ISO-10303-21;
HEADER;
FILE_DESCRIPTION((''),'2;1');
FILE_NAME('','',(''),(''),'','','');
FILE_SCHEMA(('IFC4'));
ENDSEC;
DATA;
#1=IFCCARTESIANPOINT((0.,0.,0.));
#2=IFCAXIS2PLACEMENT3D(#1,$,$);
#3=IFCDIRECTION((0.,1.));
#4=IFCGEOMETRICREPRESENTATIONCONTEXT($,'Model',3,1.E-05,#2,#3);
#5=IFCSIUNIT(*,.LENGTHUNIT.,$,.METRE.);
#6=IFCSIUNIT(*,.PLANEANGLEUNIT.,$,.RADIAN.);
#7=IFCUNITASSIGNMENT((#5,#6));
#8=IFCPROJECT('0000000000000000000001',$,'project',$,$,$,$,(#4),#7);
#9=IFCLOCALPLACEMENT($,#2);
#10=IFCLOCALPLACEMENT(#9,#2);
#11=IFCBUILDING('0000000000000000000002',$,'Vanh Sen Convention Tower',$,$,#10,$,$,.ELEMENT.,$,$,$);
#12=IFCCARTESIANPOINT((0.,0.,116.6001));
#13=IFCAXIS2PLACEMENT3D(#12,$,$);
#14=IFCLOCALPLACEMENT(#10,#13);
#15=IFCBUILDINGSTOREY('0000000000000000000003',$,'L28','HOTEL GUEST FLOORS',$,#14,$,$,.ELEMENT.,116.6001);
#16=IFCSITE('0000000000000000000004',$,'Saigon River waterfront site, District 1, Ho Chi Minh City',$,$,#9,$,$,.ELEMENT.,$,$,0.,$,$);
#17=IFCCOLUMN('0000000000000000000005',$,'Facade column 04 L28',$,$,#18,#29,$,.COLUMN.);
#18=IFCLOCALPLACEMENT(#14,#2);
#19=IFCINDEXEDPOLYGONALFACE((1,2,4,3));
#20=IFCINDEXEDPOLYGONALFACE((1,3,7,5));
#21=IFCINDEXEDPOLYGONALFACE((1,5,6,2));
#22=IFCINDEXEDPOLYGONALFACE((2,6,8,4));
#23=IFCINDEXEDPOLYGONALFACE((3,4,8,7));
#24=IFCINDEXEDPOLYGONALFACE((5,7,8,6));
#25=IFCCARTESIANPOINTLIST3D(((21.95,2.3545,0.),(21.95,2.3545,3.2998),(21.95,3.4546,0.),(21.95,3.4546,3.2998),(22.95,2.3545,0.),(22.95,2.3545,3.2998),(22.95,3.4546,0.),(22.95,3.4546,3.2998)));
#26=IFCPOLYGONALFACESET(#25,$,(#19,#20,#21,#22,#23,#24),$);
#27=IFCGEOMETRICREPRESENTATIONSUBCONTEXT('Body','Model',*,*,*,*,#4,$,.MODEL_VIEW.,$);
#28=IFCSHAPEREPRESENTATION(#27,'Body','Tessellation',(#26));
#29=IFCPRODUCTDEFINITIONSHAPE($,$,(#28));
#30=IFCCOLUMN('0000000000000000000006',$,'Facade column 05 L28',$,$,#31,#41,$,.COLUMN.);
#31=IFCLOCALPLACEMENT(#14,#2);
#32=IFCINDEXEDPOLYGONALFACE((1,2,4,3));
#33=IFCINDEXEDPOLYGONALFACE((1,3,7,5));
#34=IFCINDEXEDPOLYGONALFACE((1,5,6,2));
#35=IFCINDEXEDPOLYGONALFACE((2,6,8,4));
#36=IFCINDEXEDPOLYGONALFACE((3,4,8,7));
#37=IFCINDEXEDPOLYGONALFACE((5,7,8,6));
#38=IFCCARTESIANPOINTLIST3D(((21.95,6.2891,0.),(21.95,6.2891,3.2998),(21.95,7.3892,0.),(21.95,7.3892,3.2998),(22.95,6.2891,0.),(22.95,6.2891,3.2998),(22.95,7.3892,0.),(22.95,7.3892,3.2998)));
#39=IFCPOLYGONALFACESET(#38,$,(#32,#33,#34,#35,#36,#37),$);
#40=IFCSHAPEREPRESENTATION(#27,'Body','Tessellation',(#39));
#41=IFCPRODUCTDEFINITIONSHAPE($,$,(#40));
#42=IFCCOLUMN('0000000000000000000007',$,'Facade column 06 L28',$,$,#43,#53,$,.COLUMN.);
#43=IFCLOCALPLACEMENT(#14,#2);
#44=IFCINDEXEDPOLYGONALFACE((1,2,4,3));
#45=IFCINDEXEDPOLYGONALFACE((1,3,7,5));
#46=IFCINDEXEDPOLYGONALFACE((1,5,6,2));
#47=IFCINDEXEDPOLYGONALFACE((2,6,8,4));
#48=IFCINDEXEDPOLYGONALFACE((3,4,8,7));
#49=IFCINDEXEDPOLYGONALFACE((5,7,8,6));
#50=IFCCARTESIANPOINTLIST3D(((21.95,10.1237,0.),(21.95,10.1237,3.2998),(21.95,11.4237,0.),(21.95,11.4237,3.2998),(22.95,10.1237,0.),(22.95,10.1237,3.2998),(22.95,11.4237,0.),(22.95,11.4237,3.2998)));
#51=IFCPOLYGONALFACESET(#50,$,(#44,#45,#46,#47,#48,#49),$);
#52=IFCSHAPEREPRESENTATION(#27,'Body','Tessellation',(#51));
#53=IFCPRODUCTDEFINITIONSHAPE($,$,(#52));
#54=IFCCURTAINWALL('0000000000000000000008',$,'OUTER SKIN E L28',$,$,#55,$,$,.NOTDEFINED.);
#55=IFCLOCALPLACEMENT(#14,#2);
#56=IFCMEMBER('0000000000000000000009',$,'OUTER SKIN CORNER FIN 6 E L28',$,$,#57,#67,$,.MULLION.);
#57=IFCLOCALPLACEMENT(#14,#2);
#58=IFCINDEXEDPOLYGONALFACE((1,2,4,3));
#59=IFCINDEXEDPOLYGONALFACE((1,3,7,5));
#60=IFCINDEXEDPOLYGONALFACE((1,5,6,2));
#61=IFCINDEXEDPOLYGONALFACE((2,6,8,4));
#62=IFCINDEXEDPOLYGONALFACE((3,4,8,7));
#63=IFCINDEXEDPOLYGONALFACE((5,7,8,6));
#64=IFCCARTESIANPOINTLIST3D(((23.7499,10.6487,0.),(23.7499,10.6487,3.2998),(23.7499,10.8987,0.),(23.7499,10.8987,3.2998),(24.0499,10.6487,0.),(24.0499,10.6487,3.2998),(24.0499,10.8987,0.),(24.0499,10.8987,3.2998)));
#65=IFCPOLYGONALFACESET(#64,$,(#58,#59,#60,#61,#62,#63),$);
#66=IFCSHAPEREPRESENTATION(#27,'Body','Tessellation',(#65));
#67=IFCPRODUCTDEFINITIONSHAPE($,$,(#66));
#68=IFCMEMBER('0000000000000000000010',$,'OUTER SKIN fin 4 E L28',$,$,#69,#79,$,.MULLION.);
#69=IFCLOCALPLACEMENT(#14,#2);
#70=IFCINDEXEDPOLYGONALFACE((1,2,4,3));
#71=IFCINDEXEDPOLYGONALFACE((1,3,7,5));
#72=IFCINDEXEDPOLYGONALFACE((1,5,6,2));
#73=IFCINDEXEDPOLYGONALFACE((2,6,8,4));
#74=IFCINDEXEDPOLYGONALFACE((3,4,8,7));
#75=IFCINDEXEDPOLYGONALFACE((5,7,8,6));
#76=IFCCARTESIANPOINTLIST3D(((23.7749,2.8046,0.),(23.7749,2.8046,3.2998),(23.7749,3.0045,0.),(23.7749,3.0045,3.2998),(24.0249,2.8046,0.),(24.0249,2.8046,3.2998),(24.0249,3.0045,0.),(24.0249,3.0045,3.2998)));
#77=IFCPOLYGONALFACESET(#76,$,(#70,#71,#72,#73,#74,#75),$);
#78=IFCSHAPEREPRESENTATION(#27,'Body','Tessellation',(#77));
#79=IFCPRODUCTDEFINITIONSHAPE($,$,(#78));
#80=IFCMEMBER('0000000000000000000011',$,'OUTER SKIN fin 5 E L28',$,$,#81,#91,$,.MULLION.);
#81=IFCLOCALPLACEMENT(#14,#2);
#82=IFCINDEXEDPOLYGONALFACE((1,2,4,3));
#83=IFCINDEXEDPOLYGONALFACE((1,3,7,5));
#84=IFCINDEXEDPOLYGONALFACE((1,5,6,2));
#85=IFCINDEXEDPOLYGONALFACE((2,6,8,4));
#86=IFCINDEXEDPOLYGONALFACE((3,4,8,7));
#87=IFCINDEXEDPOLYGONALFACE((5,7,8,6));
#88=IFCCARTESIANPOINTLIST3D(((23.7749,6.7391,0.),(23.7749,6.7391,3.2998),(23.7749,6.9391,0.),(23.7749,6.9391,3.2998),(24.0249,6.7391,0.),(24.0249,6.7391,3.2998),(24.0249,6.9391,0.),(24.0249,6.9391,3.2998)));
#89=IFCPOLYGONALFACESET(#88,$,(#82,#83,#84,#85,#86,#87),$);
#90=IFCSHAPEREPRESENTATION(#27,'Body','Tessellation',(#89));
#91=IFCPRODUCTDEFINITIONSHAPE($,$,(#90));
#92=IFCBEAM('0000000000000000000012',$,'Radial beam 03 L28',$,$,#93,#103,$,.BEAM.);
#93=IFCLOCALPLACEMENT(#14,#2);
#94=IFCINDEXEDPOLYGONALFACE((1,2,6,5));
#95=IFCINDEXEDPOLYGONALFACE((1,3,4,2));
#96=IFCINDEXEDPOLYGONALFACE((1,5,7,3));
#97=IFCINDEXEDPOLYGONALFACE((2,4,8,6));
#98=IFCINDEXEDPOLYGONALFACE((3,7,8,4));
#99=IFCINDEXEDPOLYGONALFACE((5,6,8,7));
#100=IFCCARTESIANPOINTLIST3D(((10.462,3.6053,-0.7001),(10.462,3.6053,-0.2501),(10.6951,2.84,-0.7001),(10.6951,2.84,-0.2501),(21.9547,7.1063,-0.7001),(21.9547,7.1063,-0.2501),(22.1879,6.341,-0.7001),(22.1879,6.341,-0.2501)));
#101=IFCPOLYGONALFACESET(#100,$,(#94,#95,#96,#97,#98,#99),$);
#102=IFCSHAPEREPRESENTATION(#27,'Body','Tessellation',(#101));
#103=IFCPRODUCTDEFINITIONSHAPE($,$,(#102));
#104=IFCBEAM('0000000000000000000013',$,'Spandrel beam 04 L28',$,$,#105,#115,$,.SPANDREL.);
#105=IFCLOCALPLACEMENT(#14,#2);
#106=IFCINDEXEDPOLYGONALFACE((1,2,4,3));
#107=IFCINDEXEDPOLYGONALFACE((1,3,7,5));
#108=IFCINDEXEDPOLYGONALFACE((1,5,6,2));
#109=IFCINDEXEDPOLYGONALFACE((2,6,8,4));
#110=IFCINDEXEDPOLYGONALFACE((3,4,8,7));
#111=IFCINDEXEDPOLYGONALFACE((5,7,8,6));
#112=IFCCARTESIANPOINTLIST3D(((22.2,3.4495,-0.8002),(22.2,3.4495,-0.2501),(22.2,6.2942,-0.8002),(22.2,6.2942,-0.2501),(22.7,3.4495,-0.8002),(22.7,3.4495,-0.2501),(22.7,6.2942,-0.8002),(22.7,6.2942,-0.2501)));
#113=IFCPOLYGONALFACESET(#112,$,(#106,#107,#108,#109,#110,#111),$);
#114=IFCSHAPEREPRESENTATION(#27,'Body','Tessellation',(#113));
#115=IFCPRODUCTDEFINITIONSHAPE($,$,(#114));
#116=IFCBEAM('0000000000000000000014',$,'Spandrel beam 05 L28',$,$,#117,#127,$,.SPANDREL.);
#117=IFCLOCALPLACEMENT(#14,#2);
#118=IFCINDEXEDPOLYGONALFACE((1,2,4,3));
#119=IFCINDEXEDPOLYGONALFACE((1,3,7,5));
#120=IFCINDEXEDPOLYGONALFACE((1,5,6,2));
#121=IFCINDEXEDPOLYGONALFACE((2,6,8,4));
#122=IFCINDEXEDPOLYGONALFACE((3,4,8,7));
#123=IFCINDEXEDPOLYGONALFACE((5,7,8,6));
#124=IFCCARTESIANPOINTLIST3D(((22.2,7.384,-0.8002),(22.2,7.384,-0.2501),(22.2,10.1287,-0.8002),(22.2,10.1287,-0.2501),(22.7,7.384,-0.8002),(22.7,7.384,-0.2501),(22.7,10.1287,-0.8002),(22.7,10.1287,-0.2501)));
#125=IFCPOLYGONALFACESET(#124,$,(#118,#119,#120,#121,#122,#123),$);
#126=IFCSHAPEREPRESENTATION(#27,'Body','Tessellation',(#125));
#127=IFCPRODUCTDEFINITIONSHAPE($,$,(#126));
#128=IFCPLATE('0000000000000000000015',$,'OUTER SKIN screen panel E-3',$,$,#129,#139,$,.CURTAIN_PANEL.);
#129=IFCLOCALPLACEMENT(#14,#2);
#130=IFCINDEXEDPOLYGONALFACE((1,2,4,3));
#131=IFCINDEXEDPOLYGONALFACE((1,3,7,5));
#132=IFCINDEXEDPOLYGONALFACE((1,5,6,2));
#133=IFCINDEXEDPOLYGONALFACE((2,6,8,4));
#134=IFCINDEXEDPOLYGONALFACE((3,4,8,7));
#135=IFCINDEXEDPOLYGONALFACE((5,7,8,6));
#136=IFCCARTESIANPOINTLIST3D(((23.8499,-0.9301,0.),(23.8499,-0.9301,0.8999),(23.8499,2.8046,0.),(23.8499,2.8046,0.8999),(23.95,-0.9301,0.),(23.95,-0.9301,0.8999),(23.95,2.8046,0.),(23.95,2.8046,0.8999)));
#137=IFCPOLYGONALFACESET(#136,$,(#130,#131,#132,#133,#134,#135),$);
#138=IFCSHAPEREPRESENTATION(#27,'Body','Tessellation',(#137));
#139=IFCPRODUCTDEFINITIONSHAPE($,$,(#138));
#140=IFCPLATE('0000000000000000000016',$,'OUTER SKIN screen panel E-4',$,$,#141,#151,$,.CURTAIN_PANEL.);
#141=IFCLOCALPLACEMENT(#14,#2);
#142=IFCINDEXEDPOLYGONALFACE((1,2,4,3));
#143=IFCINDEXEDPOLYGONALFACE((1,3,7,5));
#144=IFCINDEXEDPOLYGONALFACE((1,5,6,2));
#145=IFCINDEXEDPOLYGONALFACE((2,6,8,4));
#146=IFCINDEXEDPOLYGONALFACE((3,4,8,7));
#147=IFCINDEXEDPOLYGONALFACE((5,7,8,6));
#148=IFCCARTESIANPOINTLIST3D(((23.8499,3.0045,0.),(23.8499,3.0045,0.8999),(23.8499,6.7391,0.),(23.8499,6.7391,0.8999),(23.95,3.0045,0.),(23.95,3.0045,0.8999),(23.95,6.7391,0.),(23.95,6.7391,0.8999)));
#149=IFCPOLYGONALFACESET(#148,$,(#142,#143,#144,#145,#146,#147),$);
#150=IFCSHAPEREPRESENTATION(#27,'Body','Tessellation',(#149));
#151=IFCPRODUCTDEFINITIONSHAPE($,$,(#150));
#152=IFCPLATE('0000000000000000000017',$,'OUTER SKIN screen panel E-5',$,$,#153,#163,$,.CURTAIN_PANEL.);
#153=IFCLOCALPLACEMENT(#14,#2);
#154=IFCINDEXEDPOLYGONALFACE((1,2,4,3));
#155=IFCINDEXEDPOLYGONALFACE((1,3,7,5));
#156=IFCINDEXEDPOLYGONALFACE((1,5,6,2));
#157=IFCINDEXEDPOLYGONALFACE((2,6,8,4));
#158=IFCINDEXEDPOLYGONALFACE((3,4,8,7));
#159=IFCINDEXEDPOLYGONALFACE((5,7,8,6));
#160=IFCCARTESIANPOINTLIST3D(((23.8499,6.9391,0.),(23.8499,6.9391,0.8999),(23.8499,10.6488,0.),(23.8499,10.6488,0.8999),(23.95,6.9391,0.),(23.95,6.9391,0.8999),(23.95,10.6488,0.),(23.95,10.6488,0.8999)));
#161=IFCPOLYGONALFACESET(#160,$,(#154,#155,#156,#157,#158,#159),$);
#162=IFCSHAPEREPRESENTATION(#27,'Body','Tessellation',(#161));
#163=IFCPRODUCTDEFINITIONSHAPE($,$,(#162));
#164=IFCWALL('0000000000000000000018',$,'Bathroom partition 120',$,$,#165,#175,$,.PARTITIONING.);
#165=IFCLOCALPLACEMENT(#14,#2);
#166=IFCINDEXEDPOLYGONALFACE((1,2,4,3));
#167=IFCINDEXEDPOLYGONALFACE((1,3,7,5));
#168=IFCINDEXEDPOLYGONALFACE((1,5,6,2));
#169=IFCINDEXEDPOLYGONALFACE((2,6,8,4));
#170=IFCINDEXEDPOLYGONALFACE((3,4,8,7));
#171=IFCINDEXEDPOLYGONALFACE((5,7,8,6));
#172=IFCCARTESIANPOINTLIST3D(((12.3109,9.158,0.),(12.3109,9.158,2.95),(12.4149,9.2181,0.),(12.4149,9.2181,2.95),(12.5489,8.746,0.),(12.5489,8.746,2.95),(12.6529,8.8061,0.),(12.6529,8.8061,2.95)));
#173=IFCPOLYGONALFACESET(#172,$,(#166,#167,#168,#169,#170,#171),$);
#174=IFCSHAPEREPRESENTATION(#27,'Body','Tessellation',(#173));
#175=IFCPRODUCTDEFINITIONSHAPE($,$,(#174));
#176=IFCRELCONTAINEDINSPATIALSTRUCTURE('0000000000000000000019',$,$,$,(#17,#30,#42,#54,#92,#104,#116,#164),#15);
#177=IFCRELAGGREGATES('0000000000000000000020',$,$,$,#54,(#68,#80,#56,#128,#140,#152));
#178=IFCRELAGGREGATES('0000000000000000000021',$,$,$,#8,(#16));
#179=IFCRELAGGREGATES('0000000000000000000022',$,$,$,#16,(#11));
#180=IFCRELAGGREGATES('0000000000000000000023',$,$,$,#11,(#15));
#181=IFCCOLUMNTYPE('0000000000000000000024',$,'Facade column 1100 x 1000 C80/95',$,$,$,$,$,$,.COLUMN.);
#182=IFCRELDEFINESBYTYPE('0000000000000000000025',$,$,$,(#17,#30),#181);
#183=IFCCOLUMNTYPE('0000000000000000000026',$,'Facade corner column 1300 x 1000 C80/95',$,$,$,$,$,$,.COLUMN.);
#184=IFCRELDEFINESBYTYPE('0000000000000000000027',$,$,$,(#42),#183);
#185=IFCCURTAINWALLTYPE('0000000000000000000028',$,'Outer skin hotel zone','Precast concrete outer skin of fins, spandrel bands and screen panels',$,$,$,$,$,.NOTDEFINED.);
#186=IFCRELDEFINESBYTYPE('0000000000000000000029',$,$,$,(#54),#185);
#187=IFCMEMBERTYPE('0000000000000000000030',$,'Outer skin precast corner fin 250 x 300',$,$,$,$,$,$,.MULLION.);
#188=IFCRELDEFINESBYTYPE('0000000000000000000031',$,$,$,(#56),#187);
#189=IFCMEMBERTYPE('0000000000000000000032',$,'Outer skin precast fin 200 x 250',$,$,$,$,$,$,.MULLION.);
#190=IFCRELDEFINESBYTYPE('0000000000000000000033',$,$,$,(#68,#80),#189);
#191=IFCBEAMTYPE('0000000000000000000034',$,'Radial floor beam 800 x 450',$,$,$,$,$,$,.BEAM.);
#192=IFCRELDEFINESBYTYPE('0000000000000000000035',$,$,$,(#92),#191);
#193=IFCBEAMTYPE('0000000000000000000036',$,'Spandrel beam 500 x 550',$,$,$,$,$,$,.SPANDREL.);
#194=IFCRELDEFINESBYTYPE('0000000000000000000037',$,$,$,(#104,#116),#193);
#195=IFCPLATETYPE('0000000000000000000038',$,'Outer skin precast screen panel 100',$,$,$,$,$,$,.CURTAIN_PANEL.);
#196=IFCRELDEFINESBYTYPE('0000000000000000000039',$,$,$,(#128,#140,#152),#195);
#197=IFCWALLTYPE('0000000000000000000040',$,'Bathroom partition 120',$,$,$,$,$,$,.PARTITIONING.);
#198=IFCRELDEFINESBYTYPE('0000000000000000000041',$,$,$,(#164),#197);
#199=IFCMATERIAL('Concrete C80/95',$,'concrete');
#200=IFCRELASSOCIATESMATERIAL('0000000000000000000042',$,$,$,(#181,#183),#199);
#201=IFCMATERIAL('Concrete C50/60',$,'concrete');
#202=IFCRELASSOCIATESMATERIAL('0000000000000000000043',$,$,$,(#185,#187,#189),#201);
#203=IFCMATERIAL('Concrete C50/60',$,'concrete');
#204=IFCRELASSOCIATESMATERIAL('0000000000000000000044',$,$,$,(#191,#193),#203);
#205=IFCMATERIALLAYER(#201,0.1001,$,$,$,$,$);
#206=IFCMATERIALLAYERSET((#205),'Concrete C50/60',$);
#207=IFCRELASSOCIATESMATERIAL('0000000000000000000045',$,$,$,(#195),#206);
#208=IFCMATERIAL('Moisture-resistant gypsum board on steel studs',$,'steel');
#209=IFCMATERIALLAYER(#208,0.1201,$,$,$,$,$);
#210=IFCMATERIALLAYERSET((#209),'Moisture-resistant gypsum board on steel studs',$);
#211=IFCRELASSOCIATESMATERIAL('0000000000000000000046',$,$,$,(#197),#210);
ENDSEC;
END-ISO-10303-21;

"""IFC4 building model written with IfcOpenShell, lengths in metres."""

from ifc_helpers import new_model, si_unit, direction, frame, frame_2d, origin, origin_2d, place, context, subcontext, project, spatial, rectangle, extrude, material, layer, layer_set, material_profile, profile_set, type_object, element, aggregate, save


model = new_model("IFC4")

# Units and contexts
model_context = context("Model", 3, precision=1e-05, world=origin(), true_north=direction((0.0, 1.0)))
body_context = subcontext(model_context, "Body", "Model", "MODEL_VIEW")
ifc_project = project(units=[si_unit("LENGTHUNIT", "METRE"), si_unit("PLANEANGLEUNIT", "RADIAN")], contexts=[model_context])

# Site, building, storey
site_placement = place(None, origin())
site = spatial("IfcSite", under=ifc_project, at=site_placement, Name="Saigon River waterfront site, District 1, Ho Chi Minh City", CompositionType="ELEMENT", RefElevation=0.0)
building_placement = place(site_placement, origin())
building = spatial("IfcBuilding", under=site, at=building_placement, Name="Vanh Sen Convention Tower", CompositionType="ELEMENT")
storey_placement = place(building_placement, frame((0.0, 0.0, 116.6001)))
storey = spatial("IfcBuildingStorey", under=building, at=storey_placement, Name="L28", Description="HOTEL GUEST FLOORS", CompositionType="ELEMENT", Elevation=116.6001)

# Columns
ifc_material_1 = material(Name="Concrete C80/95", Category="concrete")
ifc_material_profile_1 = material_profile(ifc_material_1, rectangle(XDim=1.1001, YDim=1.0, at=origin_2d()), Name="RC 1100X1000")
ifc_profile_set_1 = profile_set([ifc_material_profile_1], Name="Concrete C80/95")
column_type_1 = type_object("IfcColumnType", Name="Facade column 1100 x 1000 C80/95", PredefinedType="COLUMN", material=ifc_profile_set_1)
for number, where, z_axis, x_axis, name in (
    (1, (22.45, 2.9045, 0.0), (0.0, 0.0, 1.0), (0.0, 1.0, 0.0), "Facade column 04 L28"),
    (2, (22.45, 6.8391, 0.0), (0.0, 0.0, 1.0), (0.0, 1.0, 0.0), "Facade column 05 L28"),
):
    element("IfcColumn", number, at=place(storey_placement, frame(where, z_axis=z_axis, x_axis=x_axis)), inside=storey, type_object=column_type_1, Name=name, PredefinedType="COLUMN", context=body_context, shape_type="SweptSolid", body=[
        extrude(rectangle(XDim=1.1001, YDim=1.0, at=origin_2d()), origin(), (0.0, 0.0, 1.0), 3.2998),
    ])
ifc_material_profile_2 = material_profile(ifc_material_1, rectangle(XDim=1.3, YDim=1.0, at=origin_2d()), Name="RC 1300X1000")
ifc_profile_set_2 = profile_set([ifc_material_profile_2], Name="Concrete C80/95")
column_type_2 = type_object("IfcColumnType", Name="Facade corner column 1300 x 1000 C80/95", PredefinedType="COLUMN", material=ifc_profile_set_2)
column_placement = place(storey_placement, frame((22.45, 10.7737, 0.0), z_axis=(0.0, 0.0, 1.0), x_axis=(0.0, 1.0, 0.0)))
element("IfcColumn", 3, at=column_placement, inside=storey, type_object=column_type_2, Name="Facade column 06 L28", PredefinedType="COLUMN", context=body_context, shape_type="SweptSolid", body=[
    extrude(rectangle(XDim=1.3, YDim=1.0, at=origin_2d()), origin(), (0.0, 0.0, 1.0), 3.2998),
])

# Curtain wall, members
ifc_material_2 = material(Name="Concrete C50/60", Category="concrete")
curtain_wall_type = type_object("IfcCurtainWallType", Name="Outer skin hotel zone", Description="Precast concrete outer skin of fins, spandrel bands and screen panels", PredefinedType="NOTDEFINED", material=ifc_material_2)
curtain_wall_placement = place(storey_placement, origin())
curtain_wall = element("IfcCurtainWall", 4, at=curtain_wall_placement, inside=storey, type_object=curtain_wall_type, Name="OUTER SKIN E L28", PredefinedType="NOTDEFINED")
ifc_material_profile_3 = material_profile(ifc_material_2, rectangle(XDim=0.25, YDim=0.3, at=origin_2d()), Name="Outer skin precast corner fin 250 x 300")
ifc_profile_set_3 = profile_set([ifc_material_profile_3], Name="Concrete C50/60")
member_type_1 = type_object("IfcMemberType", Name="Outer skin precast corner fin 250 x 300", PredefinedType="MULLION", material=ifc_profile_set_3)
member_1_placement = place(storey_placement, frame((23.8999, 10.7737, 0.0), z_axis=(0.0, 0.0, 1.0), x_axis=(0.0, 1.0, 0.0)))
member_1 = element("IfcMember", 5, at=member_1_placement, type_object=member_type_1, Name="OUTER SKIN CORNER FIN 6 E L28", PredefinedType="MULLION", context=body_context, shape_type="SweptSolid", body=[
    extrude(rectangle(XDim=0.25, YDim=0.3, at=origin_2d()), origin(), (0.0, 0.0, 1.0), 3.2998),
])
ifc_material_profile_4 = material_profile(ifc_material_2, rectangle(XDim=0.2, YDim=0.25, at=origin_2d()), Name="Outer skin precast fin 200 x 250")
ifc_profile_set_4 = profile_set([ifc_material_profile_4], Name="Concrete C50/60")
member_type_2 = type_object("IfcMemberType", Name="Outer skin precast fin 200 x 250", PredefinedType="MULLION", material=ifc_profile_set_4)
member_2_placement = place(storey_placement, frame((23.8999, 2.9045, 0.0), z_axis=(0.0, 0.0, 1.0), x_axis=(0.0, 1.0, 0.0)))
member_2 = element("IfcMember", 6, at=member_2_placement, type_object=member_type_2, Name="OUTER SKIN fin 4 E L28", PredefinedType="MULLION", context=body_context, shape_type="SweptSolid", body=[
    extrude(rectangle(XDim=0.2, YDim=0.25, at=origin_2d()), origin(), (0.0, 0.0, 1.0), 3.2998),
])
member_3_placement = place(storey_placement, frame((23.8999, 6.8391, 0.0), z_axis=(0.0, 0.0, 1.0), x_axis=(0.0, 1.0, 0.0)))
member_3 = element("IfcMember", 7, at=member_3_placement, type_object=member_type_2, Name="OUTER SKIN fin 5 E L28", PredefinedType="MULLION", context=body_context, shape_type="SweptSolid", body=[
    extrude(rectangle(XDim=0.2, YDim=0.25, at=origin_2d()), origin(), (0.0, 0.0, 1.0), 3.2998),
])

# Beams
ifc_material_3 = material(Name="Concrete C50/60", Category="concrete")
ifc_material_profile_5 = material_profile(ifc_material_3, rectangle(XDim=0.8, YDim=0.45, at=origin_2d()), Name="RC 800X450")
ifc_profile_set_5 = profile_set([ifc_material_profile_5], Name="Concrete C50/60")
beam_type_1 = type_object("IfcBeamType", Name="Radial floor beam 800 x 450", PredefinedType="BEAM", material=ifc_profile_set_5)
beam_1_placement = place(storey_placement, frame((22.0713, 6.7236, -0.4751), z_axis=(-0.9566, -0.291406, 0.0), x_axis=(0.291406, -0.9566, 0.0)))
element("IfcBeam", 8, at=beam_1_placement, inside=storey, type_object=beam_type_1, Name="Radial beam 03 L28", PredefinedType="BEAM", context=body_context, shape_type="SweptSolid", body=[
    extrude(rectangle(XDim=0.8, YDim=0.45, at=origin_2d()), origin(), (0.0, 0.0, 1.0), 12.0142),
])
ifc_material_profile_6 = material_profile(ifc_material_3, rectangle(XDim=0.5, YDim=0.55, at=origin_2d()), Name="RC 500X550")
ifc_profile_set_6 = profile_set([ifc_material_profile_6], Name="Concrete C50/60")
beam_type_2 = type_object("IfcBeamType", Name="Spandrel beam 500 x 550", PredefinedType="SPANDREL", material=ifc_profile_set_6)
beam_2_placement = place(storey_placement, frame((22.45, 3.4495, -0.5251), z_axis=(0.0, 1.0, 0.0), x_axis=(-1.0, 0.0, 0.0)))
element("IfcBeam", 9, at=beam_2_placement, inside=storey, type_object=beam_type_2, Name="Spandrel beam 04 L28", PredefinedType="SPANDREL", context=body_context, shape_type="SweptSolid", body=[
    extrude(rectangle(XDim=0.5, YDim=0.55, at=origin_2d()), origin(), (0.0, 0.0, 1.0), 2.8447),
])
beam_3_placement = place(storey_placement, frame((22.45, 7.384, -0.5251), z_axis=(0.0, 1.0, 0.0), x_axis=(-1.0, 0.0, 0.0)))
element("IfcBeam", 10, at=beam_3_placement, inside=storey, type_object=beam_type_2, Name="Spandrel beam 05 L28", PredefinedType="SPANDREL", context=body_context, shape_type="SweptSolid", body=[
    extrude(rectangle(XDim=0.5, YDim=0.55, at=origin_2d()), origin(), (0.0, 0.0, 1.0), 2.7446),
])

# Plates
ifc_layer_1 = layer(ifc_material_2, 0.1001)
ifc_layer_set_1 = layer_set([ifc_layer_1], Name="Concrete C50/60")
plate_type = type_object("IfcPlateType", Name="Outer skin precast screen panel 100", PredefinedType="CURTAIN_PANEL", material=ifc_layer_set_1)
plate_1_placement = place(storey_placement, frame((23.8999, 0.9373, 0.0), z_axis=(0.0, 0.0, 1.0), x_axis=(0.0, 1.0, 0.0)))
plate_1 = element("IfcPlate", 11, at=plate_1_placement, type_object=plate_type, Name="OUTER SKIN screen panel E-3", PredefinedType="CURTAIN_PANEL", context=body_context, shape_type="SweptSolid", body=[
    extrude(rectangle(XDim=3.7346, YDim=0.1001, at=origin_2d()), origin(), (0.0, 0.0, 1.0), 0.8999),
])
plate_2_placement = place(storey_placement, frame((23.8999, 4.8718, 0.0), z_axis=(0.0, 0.0, 1.0), x_axis=(0.0, 1.0, 0.0)))
plate_2 = element("IfcPlate", 12, at=plate_2_placement, type_object=plate_type, Name="OUTER SKIN screen panel E-4", PredefinedType="CURTAIN_PANEL", context=body_context, shape_type="SweptSolid", body=[
    extrude(rectangle(XDim=3.7346, YDim=0.1001, at=origin_2d()), origin(), (0.0, 0.0, 1.0), 0.8999),
])
plate_3_placement = place(storey_placement, frame((23.8999, 8.7939, 0.0), z_axis=(0.0, 0.0, 1.0), x_axis=(0.0, 1.0, 0.0)))
plate_3 = element("IfcPlate", 13, at=plate_3_placement, type_object=plate_type, Name="OUTER SKIN screen panel E-5", PredefinedType="CURTAIN_PANEL", context=body_context, shape_type="SweptSolid", body=[
    extrude(rectangle(XDim=3.7097, YDim=0.1001, at=origin_2d()), origin(), (0.0, 0.0, 1.0), 0.8999),
])
aggregate(curtain_wall, [member_2, member_3, member_1, plate_1, plate_2, plate_3])

# Wall
ifc_material_4 = material(Name="Moisture-resistant gypsum board on steel studs", Category="steel")
ifc_layer_2 = layer(ifc_material_4, 0.1201)
ifc_layer_set_2 = layer_set([ifc_layer_2], Name="Moisture-resistant gypsum board on steel studs")
wall_type_1 = type_object("IfcWallType", Name="Bathroom partition 120", PredefinedType="PARTITIONING", material=ifc_layer_set_2)
wall_1_placement = place(storey_placement, frame((12.6008, 8.7761, 0.0), z_axis=(0.0, 0.0, 1.0), x_axis=(-0.500166, 0.865929, 0.0)))
element("IfcWall", 14, at=wall_1_placement, inside=storey, type_object=wall_type_1, Name="Bathroom partition 120", PredefinedType="PARTITIONING", context=body_context, shape_type="SweptSolid", body=[
    extrude(rectangle(XDim=0.4758, YDim=0.1201, at=frame_2d((0.2378, 0.0))), origin(), (0.0, 0.0, 1.0), 2.95),
])

save(model, "model.ifc")
